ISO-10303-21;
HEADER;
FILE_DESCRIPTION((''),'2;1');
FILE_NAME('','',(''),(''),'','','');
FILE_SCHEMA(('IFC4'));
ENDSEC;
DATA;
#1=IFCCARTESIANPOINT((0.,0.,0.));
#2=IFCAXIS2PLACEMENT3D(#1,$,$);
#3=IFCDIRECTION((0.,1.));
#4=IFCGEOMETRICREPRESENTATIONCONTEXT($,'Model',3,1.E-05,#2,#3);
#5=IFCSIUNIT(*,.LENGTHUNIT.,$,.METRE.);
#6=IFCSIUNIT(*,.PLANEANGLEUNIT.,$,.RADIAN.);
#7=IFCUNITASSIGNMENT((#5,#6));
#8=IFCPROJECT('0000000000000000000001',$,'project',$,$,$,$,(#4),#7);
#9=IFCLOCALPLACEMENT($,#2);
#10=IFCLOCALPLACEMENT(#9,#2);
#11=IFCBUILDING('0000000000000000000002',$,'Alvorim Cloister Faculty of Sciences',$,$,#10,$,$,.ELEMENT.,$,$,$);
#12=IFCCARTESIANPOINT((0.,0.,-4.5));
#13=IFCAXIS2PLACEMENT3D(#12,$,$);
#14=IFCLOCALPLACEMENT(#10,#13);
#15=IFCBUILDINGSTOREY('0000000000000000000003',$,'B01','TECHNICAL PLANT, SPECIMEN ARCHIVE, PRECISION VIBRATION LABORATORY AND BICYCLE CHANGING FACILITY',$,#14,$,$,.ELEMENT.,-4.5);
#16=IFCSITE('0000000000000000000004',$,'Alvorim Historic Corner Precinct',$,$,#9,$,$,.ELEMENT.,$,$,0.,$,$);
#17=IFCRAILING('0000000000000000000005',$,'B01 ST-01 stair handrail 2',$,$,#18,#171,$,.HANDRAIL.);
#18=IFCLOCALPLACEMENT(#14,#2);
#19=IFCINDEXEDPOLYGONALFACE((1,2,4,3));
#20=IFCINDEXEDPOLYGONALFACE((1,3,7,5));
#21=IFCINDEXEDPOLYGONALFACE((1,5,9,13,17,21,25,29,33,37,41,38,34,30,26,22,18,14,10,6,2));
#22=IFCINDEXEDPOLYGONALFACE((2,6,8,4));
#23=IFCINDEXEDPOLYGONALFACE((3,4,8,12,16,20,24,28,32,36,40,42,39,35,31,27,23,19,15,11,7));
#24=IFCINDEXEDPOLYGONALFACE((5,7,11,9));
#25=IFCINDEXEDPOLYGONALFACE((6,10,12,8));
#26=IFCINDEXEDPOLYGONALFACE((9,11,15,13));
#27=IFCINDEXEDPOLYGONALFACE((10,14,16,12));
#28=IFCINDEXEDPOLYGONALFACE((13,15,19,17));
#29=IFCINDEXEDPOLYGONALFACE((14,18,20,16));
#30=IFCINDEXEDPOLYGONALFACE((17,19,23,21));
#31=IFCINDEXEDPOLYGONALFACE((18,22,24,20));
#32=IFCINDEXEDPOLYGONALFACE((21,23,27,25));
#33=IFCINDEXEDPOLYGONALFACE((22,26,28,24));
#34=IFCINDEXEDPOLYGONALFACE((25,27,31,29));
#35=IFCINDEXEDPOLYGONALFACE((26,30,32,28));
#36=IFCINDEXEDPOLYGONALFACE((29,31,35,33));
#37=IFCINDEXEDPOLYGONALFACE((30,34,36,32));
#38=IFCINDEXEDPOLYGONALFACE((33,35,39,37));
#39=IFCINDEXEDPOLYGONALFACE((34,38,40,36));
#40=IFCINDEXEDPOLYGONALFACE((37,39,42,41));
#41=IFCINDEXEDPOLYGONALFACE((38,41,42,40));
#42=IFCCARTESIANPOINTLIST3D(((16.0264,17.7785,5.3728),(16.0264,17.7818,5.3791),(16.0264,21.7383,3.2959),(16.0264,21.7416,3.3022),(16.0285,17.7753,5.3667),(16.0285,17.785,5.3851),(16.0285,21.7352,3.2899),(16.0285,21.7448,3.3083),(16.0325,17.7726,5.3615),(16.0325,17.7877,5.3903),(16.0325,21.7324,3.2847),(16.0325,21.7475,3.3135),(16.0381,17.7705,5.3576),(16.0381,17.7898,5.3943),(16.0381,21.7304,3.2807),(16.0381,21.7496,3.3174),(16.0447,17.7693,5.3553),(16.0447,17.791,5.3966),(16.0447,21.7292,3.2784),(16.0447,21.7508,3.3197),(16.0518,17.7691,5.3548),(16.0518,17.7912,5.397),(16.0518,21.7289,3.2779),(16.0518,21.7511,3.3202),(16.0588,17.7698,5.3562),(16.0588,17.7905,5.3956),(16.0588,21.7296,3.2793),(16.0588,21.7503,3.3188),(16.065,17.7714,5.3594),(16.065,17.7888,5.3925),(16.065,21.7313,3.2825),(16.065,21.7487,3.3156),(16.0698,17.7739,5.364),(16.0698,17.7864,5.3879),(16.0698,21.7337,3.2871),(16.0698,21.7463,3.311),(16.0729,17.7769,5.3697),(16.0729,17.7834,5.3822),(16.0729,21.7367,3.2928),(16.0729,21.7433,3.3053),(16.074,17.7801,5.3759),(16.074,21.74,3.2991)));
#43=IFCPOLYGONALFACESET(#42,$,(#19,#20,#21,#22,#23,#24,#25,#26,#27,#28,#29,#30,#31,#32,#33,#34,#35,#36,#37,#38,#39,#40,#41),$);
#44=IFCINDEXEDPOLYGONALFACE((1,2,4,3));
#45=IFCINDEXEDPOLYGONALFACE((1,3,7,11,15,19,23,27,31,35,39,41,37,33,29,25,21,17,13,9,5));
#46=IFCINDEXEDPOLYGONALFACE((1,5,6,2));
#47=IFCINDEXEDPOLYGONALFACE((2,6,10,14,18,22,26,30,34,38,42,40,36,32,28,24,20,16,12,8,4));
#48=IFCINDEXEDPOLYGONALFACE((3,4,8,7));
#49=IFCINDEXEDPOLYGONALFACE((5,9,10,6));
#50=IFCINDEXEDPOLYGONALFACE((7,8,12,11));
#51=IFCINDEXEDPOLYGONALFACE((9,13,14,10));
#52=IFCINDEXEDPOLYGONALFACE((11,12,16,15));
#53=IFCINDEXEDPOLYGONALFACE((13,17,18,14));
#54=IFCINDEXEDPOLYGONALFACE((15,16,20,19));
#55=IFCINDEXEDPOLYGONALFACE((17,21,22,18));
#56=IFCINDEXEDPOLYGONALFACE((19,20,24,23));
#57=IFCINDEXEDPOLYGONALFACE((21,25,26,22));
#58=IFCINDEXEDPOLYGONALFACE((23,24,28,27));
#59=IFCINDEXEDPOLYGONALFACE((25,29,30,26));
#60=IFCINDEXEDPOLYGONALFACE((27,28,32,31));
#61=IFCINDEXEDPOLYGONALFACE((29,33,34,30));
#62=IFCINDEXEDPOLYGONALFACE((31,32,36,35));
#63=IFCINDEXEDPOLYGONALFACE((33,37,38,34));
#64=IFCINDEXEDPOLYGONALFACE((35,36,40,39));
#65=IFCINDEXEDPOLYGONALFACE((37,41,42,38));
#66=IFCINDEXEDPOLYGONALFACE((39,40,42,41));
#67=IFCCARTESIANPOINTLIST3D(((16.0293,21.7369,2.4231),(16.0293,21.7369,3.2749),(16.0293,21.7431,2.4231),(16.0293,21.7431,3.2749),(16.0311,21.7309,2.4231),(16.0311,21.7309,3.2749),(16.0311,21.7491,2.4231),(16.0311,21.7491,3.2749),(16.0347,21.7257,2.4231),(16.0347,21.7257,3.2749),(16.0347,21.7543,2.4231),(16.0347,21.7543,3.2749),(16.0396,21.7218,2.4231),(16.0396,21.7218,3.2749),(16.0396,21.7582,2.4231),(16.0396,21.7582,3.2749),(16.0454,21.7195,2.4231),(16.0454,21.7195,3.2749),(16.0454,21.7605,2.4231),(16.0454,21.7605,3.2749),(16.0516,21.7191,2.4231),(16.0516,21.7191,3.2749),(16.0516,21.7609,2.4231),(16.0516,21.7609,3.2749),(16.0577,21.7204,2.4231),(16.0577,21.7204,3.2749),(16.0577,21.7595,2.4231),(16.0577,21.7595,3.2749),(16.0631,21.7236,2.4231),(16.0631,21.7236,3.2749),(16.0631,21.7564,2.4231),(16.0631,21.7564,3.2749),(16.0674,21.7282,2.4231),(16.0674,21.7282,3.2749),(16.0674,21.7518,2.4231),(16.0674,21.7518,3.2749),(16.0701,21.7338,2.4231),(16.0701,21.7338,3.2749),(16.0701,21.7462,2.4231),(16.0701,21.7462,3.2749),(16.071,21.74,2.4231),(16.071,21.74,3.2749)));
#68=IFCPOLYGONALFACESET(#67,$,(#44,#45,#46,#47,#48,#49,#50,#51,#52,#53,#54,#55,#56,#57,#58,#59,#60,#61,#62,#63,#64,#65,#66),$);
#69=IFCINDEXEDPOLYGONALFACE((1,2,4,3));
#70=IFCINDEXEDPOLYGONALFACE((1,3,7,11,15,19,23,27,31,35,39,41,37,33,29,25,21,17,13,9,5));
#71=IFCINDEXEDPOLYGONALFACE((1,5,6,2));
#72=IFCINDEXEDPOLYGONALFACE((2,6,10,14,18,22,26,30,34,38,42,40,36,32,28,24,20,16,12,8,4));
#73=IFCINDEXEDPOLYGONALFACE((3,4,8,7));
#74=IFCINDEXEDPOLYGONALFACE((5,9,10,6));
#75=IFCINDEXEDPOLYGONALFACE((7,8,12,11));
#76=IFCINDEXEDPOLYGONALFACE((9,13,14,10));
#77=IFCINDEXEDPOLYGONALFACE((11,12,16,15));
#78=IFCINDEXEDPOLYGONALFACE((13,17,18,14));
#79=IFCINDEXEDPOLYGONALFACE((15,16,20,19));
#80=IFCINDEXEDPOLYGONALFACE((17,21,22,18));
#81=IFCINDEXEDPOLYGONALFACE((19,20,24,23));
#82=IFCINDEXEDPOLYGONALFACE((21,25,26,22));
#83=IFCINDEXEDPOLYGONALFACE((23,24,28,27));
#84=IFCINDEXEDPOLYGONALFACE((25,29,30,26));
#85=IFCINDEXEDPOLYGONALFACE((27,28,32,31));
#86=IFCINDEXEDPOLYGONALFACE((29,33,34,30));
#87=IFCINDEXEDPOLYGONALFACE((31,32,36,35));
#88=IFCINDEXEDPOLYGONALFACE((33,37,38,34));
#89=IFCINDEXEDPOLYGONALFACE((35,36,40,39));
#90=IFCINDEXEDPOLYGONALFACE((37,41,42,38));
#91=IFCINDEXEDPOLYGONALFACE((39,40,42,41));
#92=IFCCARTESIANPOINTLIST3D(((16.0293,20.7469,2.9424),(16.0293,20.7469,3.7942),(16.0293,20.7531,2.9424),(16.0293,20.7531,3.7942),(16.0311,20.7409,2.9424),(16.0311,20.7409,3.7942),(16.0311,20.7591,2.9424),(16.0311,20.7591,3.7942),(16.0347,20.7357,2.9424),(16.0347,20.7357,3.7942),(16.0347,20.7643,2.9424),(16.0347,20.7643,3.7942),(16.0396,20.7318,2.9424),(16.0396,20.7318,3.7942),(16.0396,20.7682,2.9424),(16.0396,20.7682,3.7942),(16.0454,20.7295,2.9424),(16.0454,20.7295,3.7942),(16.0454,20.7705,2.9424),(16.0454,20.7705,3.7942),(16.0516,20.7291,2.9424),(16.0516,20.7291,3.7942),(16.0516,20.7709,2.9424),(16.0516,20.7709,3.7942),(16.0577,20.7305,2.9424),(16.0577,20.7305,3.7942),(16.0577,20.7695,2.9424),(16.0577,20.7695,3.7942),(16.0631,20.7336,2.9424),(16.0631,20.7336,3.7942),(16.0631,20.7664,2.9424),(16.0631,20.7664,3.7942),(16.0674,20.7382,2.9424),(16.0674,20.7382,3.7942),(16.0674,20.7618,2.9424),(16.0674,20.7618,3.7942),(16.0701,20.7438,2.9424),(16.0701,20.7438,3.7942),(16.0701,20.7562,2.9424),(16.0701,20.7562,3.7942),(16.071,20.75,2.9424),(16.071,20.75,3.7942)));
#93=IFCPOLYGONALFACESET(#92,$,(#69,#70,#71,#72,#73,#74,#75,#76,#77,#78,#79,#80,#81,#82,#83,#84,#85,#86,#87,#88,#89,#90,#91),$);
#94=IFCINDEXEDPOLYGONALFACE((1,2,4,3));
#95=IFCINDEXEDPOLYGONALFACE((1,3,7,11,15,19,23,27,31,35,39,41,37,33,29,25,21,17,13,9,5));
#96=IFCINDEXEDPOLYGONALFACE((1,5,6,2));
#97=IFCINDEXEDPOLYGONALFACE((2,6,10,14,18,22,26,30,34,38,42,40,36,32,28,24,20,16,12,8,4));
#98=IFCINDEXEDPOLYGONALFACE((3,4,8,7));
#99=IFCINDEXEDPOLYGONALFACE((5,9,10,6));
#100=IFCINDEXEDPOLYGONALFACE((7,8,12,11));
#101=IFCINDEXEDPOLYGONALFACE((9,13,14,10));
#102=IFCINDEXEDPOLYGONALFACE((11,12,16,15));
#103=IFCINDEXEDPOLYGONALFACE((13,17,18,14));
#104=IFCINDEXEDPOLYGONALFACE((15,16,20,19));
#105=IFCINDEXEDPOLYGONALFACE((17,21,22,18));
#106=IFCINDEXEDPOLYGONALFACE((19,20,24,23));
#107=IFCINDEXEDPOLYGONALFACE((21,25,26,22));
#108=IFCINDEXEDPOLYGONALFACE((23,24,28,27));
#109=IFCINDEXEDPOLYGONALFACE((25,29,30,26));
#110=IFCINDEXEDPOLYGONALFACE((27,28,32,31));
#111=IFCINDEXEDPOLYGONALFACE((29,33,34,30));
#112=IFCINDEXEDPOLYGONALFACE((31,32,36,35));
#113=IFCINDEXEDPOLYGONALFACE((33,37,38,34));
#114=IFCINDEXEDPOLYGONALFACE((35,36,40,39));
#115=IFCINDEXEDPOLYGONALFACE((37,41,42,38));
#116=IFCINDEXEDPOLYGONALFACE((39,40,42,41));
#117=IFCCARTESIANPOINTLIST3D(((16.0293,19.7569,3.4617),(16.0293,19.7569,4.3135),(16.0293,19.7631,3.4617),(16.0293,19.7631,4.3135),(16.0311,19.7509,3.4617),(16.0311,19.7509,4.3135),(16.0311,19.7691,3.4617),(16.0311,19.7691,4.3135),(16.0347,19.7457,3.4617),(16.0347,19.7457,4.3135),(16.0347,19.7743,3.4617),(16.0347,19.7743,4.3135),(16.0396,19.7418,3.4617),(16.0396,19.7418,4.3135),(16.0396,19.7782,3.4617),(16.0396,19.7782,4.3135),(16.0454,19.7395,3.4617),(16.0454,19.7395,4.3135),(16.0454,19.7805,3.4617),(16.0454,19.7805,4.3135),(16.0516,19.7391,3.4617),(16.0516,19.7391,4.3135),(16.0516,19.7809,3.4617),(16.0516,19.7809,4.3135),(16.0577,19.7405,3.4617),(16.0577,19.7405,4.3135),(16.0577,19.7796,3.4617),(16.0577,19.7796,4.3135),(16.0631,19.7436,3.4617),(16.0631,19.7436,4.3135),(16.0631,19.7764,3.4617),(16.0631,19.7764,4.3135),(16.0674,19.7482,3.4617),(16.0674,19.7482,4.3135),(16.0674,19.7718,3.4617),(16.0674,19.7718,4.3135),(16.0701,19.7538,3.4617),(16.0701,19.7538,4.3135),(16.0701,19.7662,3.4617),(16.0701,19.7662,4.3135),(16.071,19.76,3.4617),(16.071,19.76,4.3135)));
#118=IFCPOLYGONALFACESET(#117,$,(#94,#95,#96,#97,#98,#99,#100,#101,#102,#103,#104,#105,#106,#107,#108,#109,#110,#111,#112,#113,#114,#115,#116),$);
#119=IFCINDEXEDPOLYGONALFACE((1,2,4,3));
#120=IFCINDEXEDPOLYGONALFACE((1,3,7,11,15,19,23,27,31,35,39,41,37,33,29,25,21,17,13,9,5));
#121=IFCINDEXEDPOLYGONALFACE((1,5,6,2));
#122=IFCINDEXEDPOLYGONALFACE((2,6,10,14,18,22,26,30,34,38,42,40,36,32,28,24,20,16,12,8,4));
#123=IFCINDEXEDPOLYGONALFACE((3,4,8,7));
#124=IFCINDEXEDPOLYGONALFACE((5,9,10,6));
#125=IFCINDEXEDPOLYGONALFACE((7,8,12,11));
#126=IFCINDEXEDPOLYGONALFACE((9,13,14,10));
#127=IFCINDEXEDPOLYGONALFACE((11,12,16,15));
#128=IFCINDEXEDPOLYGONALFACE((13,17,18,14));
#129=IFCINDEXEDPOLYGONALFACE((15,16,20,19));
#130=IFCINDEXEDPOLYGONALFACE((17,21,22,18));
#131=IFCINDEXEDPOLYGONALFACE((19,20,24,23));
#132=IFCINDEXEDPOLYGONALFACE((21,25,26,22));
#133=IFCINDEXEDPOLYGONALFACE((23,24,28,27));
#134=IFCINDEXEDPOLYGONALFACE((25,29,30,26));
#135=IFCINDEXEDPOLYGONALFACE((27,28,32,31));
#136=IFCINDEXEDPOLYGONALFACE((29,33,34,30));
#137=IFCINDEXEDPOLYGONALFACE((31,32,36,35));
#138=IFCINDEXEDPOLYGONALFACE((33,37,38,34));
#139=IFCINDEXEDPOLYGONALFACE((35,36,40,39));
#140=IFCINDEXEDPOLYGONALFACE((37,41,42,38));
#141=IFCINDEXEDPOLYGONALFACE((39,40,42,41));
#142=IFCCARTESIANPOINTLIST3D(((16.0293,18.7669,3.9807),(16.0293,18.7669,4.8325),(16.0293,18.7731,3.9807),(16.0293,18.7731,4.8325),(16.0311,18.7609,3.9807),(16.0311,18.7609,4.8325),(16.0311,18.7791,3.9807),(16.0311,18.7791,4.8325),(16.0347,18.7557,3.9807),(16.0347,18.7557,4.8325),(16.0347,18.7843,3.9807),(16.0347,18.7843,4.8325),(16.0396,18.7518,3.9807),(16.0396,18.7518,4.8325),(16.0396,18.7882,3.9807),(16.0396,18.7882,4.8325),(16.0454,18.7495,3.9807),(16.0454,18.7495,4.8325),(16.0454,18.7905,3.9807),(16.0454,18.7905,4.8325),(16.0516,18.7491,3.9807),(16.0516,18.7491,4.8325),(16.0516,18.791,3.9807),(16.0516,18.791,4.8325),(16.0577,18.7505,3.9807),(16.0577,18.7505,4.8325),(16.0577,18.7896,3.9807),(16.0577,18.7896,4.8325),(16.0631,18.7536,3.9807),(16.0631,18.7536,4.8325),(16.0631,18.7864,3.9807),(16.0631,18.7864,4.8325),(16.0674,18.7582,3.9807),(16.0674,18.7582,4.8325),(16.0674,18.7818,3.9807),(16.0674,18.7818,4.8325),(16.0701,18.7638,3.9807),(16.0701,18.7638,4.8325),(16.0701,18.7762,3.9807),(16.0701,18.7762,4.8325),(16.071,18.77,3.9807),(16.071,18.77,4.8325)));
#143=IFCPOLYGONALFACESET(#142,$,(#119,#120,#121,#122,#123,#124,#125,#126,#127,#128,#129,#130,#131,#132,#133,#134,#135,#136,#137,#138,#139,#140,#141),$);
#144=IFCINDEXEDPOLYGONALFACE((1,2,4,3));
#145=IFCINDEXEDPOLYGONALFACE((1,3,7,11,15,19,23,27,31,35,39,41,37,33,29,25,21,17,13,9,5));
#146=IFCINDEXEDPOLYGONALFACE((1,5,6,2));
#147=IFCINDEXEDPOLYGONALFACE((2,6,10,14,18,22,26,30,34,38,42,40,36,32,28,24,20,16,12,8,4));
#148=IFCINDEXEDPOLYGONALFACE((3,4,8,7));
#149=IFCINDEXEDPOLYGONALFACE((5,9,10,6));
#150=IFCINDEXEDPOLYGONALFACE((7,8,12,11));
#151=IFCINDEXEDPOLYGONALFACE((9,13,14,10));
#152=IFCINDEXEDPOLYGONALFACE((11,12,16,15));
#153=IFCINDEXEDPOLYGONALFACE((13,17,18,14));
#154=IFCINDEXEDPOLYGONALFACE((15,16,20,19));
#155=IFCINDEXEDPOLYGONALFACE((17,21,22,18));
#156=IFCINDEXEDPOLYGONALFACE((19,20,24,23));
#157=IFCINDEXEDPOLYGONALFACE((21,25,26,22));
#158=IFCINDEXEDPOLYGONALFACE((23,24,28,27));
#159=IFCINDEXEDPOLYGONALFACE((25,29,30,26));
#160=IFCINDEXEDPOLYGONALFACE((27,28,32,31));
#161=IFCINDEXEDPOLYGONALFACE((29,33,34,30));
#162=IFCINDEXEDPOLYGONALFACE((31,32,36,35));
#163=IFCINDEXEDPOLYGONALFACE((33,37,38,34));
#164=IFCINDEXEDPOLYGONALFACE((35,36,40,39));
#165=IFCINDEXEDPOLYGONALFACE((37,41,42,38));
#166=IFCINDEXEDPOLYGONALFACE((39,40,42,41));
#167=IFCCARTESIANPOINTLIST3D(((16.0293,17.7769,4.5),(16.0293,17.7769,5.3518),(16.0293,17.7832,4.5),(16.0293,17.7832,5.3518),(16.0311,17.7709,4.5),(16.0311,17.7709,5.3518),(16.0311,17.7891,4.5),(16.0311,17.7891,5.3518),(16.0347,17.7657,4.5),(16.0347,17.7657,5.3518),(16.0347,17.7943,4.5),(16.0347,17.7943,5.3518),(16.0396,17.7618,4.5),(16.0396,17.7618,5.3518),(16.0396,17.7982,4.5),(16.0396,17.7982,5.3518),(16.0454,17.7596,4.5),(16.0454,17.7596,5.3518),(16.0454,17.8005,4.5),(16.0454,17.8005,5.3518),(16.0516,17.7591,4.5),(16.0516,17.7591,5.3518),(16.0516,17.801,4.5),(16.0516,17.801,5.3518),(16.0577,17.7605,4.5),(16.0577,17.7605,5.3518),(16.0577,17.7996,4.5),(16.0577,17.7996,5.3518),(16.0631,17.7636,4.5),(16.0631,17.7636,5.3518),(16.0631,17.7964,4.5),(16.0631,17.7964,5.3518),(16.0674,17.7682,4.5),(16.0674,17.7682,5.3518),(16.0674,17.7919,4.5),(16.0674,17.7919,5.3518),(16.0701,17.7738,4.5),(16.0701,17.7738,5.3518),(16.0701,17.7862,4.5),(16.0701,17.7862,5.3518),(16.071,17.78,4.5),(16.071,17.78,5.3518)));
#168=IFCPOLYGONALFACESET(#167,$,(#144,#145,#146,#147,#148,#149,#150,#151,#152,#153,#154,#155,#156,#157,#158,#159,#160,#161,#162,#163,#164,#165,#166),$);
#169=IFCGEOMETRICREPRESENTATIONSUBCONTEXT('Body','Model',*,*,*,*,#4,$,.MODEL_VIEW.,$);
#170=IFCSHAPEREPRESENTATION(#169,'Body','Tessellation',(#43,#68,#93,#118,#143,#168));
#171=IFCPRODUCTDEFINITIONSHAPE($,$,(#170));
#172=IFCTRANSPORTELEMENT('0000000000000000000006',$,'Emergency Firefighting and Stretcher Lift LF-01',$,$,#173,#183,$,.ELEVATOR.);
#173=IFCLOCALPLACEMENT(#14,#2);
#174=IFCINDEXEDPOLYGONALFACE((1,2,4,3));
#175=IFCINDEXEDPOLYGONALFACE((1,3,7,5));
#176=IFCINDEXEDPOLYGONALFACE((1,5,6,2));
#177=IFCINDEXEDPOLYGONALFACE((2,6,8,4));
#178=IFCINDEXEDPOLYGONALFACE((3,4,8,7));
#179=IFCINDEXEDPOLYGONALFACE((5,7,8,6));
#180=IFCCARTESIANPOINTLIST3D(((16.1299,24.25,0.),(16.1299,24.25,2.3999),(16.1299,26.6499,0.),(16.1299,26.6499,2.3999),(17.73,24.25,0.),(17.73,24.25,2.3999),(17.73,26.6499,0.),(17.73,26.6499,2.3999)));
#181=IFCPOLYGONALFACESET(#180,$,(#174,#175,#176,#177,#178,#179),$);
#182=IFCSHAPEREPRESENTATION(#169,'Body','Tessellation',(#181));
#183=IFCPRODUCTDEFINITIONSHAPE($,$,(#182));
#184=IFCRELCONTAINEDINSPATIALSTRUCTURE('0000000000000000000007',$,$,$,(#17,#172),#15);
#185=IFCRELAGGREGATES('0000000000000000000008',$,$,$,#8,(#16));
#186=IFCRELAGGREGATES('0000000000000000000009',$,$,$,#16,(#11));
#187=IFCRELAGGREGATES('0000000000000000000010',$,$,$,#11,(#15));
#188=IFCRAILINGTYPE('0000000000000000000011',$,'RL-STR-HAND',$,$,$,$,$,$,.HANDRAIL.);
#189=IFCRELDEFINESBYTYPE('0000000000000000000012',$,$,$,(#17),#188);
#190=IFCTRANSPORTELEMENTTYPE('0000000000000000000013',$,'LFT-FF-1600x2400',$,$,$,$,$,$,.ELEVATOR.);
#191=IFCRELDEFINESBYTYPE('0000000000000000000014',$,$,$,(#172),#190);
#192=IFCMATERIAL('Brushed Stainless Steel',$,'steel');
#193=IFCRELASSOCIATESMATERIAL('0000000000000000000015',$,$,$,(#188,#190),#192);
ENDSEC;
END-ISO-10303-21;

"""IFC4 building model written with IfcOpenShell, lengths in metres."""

from ifc_helpers import new_model, si_unit, direction, frame, origin, origin_2d, place, context, subcontext, project, spatial, rectangle, circle, extrude, material, type_object, element, save


model = new_model("IFC4")

# Units and contexts
model_context = context("Model", 3, precision=1e-05, world=origin(), true_north=direction((0.0, 1.0)))
body_context = subcontext(model_context, "Body", "Model", "MODEL_VIEW")
ifc_project = project(units=[si_unit("LENGTHUNIT", "METRE"), si_unit("PLANEANGLEUNIT", "RADIAN")], contexts=[model_context])

# Site, building, storey
site_placement = place(None, origin())
site = spatial("IfcSite", under=ifc_project, at=site_placement, Name="Alvorim Historic Corner Precinct", CompositionType="ELEMENT", RefElevation=0.0)
building_placement = place(site_placement, origin())
building = spatial("IfcBuilding", under=site, at=building_placement, Name="Alvorim Cloister Faculty of Sciences", CompositionType="ELEMENT")
storey_placement = place(building_placement, frame((0.0, 0.0, -4.5)))
storey = spatial("IfcBuildingStorey", under=building, at=storey_placement, Name="B01", Description="TECHNICAL PLANT, SPECIMEN ARCHIVE, PRECISION VIBRATION LABORATORY AND BICYCLE CHANGING FACILITY", CompositionType="ELEMENT", Elevation=-4.5)

# Shared definitions
ifc_material_1 = material(Name="Brushed Stainless Steel", Category="steel")

# Railing
railing_type_1 = type_object("IfcRailingType", Name="RL-STR-HAND", PredefinedType="HANDRAIL", material=ifc_material_1)
railing_1_placement = place(storey_placement, frame((16.05, 21.74, 2.4231)))
element("IfcRailing", 1, at=railing_1_placement, inside=storey, type_object=railing_type_1, Name="B01 ST-01 stair handrail 2", PredefinedType="HANDRAIL", context=body_context, shape_type="SweptSolid", body=[
    extrude(circle(Radius=0.0239, at=origin_2d()), frame((0.0, 0.0, 0.876), z_axis=(0.0, -0.885589, 0.46447), x_axis=(1.0, 0.0, 0.0)), (0.0, 0.0, 1.0), 4.4714),
    extrude(circle(Radius=0.021, at=origin_2d()), origin(), (0.0, 0.0, 1.0), 0.8518),
    extrude(circle(Radius=0.021, at=origin_2d()), frame((0.0, -0.99, 0.5193)), (0.0, 0.0, 1.0), 0.8518),
    extrude(circle(Radius=0.021, at=origin_2d()), frame((0.0, -1.98, 1.0386)), (0.0, 0.0, 1.0), 0.8518),
    extrude(circle(Radius=0.021, at=origin_2d()), frame((0.0, -2.97, 1.5576)), (0.0, 0.0, 1.0), 0.8518),
    extrude(circle(Radius=0.021, at=origin_2d()), frame((0.0, -3.96, 2.0769)), (0.0, 0.0, 1.0), 0.8518),
])

# Transport element
transport_element_type = type_object("IfcTransportElementType", Name="LFT-FF-1600x2400", PredefinedType="ELEVATOR", material=ifc_material_1)
transport_element_placement = place(storey_placement, frame((16.9299, 25.45, 0.0), z_axis=(0.0, 0.0, 1.0), x_axis=(1.0, 0.0, 0.0)))
element("IfcTransportElement", 2, at=transport_element_placement, inside=storey, type_object=transport_element_type, Name="Emergency Firefighting and Stretcher Lift LF-01", PredefinedType="ELEVATOR", context=body_context, shape_type="SweptSolid", body=[
    extrude(rectangle(XDim=1.6001, YDim=2.3999, at=origin_2d()), origin(), (0.0, 0.0, 1.0), 2.3999),
])

save(model, "model.ifc")
